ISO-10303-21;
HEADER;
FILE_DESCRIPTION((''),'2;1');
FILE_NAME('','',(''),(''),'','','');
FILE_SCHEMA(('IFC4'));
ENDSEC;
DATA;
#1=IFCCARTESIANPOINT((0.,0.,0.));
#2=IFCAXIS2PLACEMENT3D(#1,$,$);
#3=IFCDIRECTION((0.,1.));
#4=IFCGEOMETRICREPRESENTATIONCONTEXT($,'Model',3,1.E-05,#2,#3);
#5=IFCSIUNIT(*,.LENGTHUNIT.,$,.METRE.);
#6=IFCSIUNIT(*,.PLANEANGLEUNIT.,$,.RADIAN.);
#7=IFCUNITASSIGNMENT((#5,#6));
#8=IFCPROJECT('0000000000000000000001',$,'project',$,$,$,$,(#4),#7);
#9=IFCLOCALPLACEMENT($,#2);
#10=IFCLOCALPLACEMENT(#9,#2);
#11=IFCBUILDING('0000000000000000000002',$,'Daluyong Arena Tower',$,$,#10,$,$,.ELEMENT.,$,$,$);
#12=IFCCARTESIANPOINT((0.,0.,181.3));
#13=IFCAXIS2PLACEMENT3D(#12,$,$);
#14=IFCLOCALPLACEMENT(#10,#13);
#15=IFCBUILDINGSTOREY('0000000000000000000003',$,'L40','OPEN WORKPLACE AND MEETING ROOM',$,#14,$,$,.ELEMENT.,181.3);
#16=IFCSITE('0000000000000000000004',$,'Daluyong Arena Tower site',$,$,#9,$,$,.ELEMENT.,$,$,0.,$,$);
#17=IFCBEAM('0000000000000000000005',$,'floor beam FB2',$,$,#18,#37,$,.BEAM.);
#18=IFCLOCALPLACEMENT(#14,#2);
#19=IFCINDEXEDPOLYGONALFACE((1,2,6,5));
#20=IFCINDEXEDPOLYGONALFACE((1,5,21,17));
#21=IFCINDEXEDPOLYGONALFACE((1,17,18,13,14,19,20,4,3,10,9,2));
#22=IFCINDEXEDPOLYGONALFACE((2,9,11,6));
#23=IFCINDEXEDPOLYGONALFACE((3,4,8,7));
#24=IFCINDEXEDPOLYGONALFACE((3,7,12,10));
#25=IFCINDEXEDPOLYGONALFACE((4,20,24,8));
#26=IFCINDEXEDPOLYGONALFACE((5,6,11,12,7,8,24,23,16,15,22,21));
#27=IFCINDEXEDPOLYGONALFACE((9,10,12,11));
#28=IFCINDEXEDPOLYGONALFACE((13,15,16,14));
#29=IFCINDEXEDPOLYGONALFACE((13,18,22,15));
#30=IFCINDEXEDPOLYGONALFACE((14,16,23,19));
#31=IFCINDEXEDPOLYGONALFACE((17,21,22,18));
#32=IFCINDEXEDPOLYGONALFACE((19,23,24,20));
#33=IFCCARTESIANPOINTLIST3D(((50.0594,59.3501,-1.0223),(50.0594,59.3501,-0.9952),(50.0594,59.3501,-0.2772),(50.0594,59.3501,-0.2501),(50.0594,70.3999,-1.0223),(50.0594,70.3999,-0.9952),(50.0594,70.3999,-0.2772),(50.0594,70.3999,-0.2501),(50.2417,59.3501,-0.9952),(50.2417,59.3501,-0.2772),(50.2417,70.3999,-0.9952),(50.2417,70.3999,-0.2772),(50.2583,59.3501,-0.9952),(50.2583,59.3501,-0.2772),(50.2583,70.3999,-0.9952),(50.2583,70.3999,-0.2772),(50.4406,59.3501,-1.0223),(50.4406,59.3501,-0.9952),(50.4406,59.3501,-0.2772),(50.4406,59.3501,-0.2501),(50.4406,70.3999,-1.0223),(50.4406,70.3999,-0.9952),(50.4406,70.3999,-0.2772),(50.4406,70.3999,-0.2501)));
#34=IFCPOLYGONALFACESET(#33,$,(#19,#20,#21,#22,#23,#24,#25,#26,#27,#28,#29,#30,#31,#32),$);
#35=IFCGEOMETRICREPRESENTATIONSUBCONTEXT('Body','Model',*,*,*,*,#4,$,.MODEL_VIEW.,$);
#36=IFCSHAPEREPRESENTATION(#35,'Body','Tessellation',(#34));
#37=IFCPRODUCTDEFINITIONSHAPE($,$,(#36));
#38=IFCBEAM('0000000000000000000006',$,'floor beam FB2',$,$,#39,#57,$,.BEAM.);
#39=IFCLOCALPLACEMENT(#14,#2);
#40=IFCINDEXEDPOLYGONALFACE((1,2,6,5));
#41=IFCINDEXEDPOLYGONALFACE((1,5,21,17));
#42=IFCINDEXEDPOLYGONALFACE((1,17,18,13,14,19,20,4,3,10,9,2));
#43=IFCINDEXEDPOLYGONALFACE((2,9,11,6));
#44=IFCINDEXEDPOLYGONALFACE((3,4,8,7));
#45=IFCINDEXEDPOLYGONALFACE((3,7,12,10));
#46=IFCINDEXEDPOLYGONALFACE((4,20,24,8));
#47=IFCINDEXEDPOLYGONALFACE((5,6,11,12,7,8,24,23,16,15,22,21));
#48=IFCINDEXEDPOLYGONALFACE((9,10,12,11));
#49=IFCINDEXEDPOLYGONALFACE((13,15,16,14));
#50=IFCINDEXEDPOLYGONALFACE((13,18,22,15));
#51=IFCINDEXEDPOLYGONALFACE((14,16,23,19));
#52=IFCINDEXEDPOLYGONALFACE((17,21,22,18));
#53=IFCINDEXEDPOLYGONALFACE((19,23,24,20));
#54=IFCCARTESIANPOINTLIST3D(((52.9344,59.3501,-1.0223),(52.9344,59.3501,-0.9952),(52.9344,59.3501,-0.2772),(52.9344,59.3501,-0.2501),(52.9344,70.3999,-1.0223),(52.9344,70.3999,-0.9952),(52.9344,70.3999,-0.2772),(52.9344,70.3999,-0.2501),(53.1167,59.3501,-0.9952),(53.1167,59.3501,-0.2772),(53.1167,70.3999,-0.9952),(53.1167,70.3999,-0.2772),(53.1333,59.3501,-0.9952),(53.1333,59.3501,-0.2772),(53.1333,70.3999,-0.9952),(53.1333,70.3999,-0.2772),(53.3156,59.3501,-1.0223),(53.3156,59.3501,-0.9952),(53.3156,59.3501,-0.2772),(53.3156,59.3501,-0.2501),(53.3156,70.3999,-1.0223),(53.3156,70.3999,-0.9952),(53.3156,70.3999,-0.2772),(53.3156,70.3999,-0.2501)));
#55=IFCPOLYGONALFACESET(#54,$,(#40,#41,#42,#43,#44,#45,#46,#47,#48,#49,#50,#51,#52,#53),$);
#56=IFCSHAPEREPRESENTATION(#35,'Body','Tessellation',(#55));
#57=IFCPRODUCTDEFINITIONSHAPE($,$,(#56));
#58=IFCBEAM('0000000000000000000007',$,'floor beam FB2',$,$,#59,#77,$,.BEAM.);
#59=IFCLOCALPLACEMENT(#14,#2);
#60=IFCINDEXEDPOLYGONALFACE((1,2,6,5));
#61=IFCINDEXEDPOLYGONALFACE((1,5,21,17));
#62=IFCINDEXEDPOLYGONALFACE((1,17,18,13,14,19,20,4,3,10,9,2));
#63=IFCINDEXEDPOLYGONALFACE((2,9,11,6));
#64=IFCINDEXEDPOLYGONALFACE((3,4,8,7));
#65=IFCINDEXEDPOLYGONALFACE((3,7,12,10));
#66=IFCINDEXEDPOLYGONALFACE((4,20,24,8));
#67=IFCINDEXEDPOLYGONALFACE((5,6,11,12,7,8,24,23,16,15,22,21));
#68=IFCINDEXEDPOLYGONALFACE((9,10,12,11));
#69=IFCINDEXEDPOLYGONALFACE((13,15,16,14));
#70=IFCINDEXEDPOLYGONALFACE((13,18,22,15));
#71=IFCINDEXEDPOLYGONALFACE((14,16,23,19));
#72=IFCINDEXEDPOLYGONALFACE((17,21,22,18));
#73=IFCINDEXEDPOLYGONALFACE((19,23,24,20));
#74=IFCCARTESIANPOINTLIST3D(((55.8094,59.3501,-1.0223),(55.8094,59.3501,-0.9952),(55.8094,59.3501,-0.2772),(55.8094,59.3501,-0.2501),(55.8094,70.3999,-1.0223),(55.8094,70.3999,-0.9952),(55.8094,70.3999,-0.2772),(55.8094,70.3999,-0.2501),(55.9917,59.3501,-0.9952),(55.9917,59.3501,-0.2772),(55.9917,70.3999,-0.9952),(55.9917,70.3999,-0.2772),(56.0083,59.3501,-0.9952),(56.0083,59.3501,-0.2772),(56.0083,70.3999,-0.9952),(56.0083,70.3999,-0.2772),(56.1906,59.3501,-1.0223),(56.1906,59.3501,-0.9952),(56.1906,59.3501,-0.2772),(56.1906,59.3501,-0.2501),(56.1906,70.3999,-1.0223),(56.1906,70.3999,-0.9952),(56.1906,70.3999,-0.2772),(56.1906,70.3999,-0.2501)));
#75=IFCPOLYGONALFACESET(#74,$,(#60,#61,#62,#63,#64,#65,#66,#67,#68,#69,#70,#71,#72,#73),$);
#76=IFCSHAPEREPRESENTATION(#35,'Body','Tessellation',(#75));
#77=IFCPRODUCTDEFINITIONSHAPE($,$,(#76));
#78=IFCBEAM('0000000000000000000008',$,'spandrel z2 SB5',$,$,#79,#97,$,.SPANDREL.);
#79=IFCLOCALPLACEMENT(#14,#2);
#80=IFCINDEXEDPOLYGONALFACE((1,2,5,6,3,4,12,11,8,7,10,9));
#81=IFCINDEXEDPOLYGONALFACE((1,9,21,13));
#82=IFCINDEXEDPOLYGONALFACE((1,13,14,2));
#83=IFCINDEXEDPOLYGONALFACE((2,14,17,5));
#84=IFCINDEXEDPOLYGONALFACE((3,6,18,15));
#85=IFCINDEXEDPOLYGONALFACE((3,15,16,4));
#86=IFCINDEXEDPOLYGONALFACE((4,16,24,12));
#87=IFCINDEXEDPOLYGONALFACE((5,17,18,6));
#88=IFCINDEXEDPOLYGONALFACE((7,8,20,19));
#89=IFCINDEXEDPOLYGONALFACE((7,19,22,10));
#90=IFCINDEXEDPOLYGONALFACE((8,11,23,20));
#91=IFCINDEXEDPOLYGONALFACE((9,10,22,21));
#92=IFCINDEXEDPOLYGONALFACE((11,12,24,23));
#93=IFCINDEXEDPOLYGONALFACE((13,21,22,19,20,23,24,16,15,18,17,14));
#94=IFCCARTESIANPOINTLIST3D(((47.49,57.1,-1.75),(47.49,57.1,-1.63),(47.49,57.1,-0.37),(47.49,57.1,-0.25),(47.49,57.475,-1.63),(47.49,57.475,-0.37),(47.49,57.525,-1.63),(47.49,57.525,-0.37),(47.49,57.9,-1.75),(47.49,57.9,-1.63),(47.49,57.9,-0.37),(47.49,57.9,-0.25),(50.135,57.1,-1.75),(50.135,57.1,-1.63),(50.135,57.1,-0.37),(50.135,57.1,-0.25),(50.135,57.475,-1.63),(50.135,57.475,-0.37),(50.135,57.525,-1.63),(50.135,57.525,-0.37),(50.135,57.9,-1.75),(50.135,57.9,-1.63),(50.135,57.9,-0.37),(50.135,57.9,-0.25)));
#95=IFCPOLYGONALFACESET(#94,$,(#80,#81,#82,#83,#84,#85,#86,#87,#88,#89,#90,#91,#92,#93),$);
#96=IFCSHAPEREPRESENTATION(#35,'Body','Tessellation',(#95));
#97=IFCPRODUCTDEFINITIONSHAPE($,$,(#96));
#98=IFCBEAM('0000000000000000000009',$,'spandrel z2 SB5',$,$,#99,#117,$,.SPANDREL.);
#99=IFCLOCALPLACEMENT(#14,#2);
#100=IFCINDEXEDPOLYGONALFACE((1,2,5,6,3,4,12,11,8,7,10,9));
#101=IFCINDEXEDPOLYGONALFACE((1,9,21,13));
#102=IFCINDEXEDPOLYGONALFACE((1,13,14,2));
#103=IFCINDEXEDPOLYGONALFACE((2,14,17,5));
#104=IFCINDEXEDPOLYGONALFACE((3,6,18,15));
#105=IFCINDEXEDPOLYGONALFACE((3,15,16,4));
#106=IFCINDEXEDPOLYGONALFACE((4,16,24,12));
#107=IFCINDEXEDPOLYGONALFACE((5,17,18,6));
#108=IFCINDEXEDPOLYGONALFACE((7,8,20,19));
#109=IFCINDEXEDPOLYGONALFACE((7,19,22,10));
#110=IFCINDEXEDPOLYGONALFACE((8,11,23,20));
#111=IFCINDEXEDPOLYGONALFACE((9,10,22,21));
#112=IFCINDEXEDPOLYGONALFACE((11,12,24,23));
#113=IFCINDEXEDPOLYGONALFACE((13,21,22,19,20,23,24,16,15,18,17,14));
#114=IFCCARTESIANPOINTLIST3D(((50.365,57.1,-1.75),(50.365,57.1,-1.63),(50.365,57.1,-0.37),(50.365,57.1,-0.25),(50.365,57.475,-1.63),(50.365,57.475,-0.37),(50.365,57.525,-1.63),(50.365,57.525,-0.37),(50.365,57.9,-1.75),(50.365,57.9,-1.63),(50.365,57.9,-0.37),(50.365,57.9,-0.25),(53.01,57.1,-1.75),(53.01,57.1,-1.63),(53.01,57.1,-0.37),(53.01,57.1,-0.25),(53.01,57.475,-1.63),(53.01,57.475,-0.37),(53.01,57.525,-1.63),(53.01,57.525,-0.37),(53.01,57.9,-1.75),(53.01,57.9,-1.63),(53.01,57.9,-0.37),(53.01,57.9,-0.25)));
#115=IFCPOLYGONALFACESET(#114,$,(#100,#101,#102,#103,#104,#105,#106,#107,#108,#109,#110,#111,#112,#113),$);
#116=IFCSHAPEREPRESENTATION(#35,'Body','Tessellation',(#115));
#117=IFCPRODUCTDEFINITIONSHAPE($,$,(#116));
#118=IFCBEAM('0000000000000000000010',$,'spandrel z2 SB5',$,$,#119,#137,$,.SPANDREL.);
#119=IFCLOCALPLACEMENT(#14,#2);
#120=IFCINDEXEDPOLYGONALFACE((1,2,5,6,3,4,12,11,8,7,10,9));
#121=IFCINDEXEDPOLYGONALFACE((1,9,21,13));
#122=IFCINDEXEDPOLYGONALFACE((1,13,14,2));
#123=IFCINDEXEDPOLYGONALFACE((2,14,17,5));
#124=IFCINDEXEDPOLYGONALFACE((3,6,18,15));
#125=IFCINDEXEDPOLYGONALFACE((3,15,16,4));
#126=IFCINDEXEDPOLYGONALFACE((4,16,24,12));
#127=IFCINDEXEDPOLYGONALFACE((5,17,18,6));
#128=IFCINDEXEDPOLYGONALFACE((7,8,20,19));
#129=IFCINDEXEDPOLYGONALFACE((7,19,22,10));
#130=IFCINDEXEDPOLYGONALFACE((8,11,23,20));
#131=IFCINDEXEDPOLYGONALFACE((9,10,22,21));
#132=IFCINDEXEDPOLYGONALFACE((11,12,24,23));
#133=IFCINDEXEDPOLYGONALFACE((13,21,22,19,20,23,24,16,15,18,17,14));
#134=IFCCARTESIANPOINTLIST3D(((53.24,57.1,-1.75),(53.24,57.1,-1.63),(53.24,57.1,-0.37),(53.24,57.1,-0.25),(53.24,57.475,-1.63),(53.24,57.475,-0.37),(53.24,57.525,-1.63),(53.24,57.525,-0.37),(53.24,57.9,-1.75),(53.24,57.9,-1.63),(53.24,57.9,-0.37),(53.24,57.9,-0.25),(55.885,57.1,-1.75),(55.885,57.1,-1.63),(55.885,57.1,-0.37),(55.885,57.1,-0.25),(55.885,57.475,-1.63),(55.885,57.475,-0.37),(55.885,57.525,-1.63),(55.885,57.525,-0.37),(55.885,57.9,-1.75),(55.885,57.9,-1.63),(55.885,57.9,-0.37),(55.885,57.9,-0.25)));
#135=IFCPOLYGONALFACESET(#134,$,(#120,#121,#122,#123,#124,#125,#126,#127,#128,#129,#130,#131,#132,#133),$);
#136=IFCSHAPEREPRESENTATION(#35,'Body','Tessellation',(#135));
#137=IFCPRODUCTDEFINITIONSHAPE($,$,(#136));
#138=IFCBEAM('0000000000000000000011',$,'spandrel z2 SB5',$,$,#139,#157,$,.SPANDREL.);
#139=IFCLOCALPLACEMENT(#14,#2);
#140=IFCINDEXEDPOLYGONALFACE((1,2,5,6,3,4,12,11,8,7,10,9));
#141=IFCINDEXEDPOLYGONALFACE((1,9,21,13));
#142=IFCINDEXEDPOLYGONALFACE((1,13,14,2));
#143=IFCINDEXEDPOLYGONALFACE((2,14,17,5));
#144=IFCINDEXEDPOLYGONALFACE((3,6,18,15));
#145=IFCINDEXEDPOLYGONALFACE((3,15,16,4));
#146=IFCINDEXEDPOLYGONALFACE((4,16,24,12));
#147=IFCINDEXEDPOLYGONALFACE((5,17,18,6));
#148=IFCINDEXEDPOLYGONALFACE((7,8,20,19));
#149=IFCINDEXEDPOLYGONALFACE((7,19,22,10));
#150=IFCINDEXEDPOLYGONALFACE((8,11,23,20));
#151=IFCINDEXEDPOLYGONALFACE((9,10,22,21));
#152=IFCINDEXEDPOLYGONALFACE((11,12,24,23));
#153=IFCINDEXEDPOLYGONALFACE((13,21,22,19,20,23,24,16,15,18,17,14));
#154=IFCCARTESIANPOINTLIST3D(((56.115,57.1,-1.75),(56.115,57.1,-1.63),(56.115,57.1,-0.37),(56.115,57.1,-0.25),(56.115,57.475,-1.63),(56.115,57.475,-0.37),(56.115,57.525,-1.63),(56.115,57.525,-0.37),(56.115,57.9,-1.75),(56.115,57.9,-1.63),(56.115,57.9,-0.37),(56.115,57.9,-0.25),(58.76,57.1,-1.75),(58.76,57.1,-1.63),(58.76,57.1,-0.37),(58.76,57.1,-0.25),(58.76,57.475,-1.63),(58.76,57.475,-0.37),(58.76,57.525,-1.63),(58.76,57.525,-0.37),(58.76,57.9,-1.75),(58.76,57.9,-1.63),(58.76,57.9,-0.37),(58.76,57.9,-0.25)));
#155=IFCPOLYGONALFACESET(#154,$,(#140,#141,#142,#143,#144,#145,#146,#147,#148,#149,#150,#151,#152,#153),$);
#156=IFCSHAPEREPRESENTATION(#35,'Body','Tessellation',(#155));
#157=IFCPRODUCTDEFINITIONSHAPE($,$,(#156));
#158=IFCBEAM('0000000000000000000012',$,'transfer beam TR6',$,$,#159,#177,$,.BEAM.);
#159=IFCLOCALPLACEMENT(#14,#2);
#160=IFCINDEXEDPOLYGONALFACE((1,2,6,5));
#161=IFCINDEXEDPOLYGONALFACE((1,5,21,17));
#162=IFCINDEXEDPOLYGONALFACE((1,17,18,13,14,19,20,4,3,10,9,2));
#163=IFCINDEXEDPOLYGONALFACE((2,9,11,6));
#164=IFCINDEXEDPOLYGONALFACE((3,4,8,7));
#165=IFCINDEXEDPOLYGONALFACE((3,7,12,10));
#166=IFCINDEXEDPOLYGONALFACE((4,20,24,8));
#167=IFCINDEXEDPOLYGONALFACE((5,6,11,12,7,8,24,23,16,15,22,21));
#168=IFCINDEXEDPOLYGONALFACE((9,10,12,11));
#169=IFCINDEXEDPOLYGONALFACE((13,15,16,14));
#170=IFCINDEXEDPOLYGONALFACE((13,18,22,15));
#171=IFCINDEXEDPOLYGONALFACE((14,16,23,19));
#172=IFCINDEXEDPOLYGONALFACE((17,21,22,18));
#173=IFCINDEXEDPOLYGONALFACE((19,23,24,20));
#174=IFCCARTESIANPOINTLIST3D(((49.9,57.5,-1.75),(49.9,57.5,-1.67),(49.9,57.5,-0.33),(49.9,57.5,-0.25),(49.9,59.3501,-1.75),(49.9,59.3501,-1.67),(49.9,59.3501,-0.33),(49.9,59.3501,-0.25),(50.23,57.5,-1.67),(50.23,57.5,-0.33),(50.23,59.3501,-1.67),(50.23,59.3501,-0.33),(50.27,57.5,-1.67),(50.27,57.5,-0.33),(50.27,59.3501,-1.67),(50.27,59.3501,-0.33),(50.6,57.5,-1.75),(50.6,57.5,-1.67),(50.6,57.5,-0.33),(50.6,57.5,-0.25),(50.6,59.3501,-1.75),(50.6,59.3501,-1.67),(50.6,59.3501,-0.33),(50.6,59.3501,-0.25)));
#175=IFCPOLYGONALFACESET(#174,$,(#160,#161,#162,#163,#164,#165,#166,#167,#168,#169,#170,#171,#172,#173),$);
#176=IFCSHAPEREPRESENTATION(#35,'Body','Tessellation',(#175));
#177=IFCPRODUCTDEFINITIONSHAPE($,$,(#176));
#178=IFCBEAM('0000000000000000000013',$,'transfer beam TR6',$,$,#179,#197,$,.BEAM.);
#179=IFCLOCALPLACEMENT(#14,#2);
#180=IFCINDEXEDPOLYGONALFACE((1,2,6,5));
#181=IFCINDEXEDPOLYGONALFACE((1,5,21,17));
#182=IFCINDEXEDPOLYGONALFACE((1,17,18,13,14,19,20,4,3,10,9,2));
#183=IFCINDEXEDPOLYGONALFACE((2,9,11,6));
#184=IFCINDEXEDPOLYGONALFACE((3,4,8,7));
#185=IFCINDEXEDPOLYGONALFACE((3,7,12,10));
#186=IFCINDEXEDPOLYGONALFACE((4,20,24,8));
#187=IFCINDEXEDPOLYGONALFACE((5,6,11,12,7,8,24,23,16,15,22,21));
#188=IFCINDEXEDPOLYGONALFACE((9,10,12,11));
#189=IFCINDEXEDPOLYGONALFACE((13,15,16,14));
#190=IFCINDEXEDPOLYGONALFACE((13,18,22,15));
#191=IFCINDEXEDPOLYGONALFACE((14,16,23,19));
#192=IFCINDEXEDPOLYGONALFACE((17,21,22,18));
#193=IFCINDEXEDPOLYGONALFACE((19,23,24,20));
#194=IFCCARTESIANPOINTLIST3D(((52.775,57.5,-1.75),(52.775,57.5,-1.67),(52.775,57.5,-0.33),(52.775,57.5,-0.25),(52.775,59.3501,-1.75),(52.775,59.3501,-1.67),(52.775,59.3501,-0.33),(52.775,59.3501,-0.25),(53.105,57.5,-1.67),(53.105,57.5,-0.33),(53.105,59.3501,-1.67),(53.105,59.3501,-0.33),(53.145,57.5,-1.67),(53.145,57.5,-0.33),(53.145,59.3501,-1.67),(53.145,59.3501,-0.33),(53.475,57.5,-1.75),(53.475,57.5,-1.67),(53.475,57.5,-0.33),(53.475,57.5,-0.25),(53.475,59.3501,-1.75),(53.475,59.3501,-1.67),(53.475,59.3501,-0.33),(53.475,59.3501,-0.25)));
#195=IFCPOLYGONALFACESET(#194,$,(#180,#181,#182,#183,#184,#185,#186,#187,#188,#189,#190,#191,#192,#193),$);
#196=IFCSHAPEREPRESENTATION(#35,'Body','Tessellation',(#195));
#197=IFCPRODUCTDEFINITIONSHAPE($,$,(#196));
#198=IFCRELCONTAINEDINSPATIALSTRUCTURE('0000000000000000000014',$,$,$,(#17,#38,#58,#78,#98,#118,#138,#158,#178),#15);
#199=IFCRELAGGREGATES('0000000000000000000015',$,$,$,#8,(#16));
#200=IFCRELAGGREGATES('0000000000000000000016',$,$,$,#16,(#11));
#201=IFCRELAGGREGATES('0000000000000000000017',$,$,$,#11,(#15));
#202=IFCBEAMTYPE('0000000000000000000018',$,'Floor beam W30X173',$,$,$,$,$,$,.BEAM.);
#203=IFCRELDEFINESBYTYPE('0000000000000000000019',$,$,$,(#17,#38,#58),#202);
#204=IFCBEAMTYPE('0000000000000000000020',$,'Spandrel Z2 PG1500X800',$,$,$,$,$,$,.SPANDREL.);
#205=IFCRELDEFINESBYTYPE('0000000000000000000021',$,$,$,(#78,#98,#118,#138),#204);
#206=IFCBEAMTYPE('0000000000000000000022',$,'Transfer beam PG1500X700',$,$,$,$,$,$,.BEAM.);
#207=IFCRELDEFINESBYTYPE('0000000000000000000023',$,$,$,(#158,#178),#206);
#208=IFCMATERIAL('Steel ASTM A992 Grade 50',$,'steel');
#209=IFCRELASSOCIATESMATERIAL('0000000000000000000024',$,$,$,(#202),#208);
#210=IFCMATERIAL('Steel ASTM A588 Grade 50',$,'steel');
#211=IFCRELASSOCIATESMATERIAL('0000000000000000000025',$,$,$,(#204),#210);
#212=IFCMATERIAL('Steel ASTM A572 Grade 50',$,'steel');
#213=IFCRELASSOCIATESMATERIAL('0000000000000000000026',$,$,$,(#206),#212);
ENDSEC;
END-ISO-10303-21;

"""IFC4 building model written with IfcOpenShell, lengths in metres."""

from ifc_helpers import new_model, si_unit, direction, frame, origin, origin_2d, place, context, subcontext, project, spatial, i_section, extrude, material, material_profile, profile_set, type_object, element, save


model = new_model("IFC4")

# Units and contexts
model_context = context("Model", 3, precision=1e-05, world=origin(), true_north=direction((0.0, 1.0)))
body_context = subcontext(model_context, "Body", "Model", "MODEL_VIEW")
ifc_project = project(units=[si_unit("LENGTHUNIT", "METRE"), si_unit("PLANEANGLEUNIT", "RADIAN")], contexts=[model_context])

# Site, building, storey
site_placement = place(None, origin())
site = spatial("IfcSite", under=ifc_project, at=site_placement, Name="Daluyong Arena Tower site", CompositionType="ELEMENT", RefElevation=0.0)
building_placement = place(site_placement, origin())
building = spatial("IfcBuilding", under=site, at=building_placement, Name="Daluyong Arena Tower", CompositionType="ELEMENT")
storey_placement = place(building_placement, frame((0.0, 0.0, 181.3)))
storey = spatial("IfcBuildingStorey", under=building, at=storey_placement, Name="L40", Description="OPEN WORKPLACE AND MEETING ROOM", CompositionType="ELEMENT", Elevation=181.3)

# Beams
ifc_material_1 = material(Name="Steel ASTM A992 Grade 50", Category="steel")
ifc_material_profile_1 = material_profile(ifc_material_1, i_section(OverallWidth=0.3811, OverallDepth=0.7722, WebThickness=0.0166, FlangeThickness=0.0271, at=origin_2d()))
ifc_profile_set_1 = profile_set([ifc_material_profile_1], Name="Steel ASTM A992 Grade 50")
beam_type_1 = type_object("IfcBeamType", Name="Floor beam W30X173", PredefinedType="BEAM", material=ifc_profile_set_1)
for number, where, z_axis, x_axis, name in (
    (1, (50.25, 59.3501, -0.6362), (0.0, 1.0, 0.0), (-1.0, 0.0, 0.0), "floor beam FB2"),
    (2, (53.125, 59.3501, -0.6362), (0.0, 1.0, 0.0), (-1.0, 0.0, 0.0), "floor beam FB2"),
    (3, (56.0, 59.3501, -0.6362), (0.0, 1.0, 0.0), (-1.0, 0.0, 0.0), "floor beam FB2"),
):
    element("IfcBeam", number, at=place(storey_placement, frame(where, z_axis=z_axis, x_axis=x_axis)), inside=storey, type_object=beam_type_1, Name=name, PredefinedType="BEAM", context=body_context, shape_type="SweptSolid", body=[
        extrude(i_section(OverallWidth=0.3811, OverallDepth=0.7722, WebThickness=0.0166, FlangeThickness=0.0271, at=origin_2d()), origin(), (0.0, 0.0, 1.0), 11.0498),
    ])
ifc_material_2 = material(Name="Steel ASTM A588 Grade 50", Category="steel")
ifc_material_profile_2 = material_profile(ifc_material_2, i_section(OverallWidth=0.8, OverallDepth=1.5, WebThickness=0.05, FlangeThickness=0.12, at=origin_2d()))
ifc_profile_set_2 = profile_set([ifc_material_profile_2], Name="Steel ASTM A588 Grade 50")
beam_type_2 = type_object("IfcBeamType", Name="Spandrel Z2 PG1500X800", PredefinedType="SPANDREL", material=ifc_profile_set_2)
for number, where, z_axis, x_axis, name in (
    (4, (47.49, 57.5, -1.0), (1.0, 0.0, 0.0), (0.0, 1.0, 0.0), "spandrel z2 SB5"),
    (5, (50.365, 57.5, -1.0), (1.0, 0.0, 0.0), (0.0, 1.0, 0.0), "spandrel z2 SB5"),
    (6, (53.24, 57.5, -1.0), (1.0, 0.0, 0.0), (0.0, 1.0, 0.0), "spandrel z2 SB5"),
    (7, (56.115, 57.5, -1.0), (1.0, 0.0, 0.0), (0.0, 1.0, 0.0), "spandrel z2 SB5"),
):
    element("IfcBeam", number, at=place(storey_placement, frame(where, z_axis=z_axis, x_axis=x_axis)), inside=storey, type_object=beam_type_2, Name=name, PredefinedType="SPANDREL", context=body_context, shape_type="SweptSolid", body=[
        extrude(i_section(OverallWidth=0.8, OverallDepth=1.5, WebThickness=0.05, FlangeThickness=0.12, at=origin_2d()), origin(), (0.0, 0.0, 1.0), 2.645),
    ])
ifc_material_3 = material(Name="Steel ASTM A572 Grade 50", Category="steel")
ifc_material_profile_3 = material_profile(ifc_material_3, i_section(OverallWidth=0.7, OverallDepth=1.5, WebThickness=0.04, FlangeThickness=0.08, at=origin_2d()))
ifc_profile_set_3 = profile_set([ifc_material_profile_3], Name="Steel ASTM A572 Grade 50")
beam_type_3 = type_object("IfcBeamType", Name="Transfer beam PG1500X700", PredefinedType="BEAM", material=ifc_profile_set_3)
for number, where, z_axis, x_axis, name in (
    (8, (50.25, 57.5, -1.0), (0.0, 1.0, 0.0), (-1.0, 0.0, 0.0), "transfer beam TR6"),
    (9, (53.125, 57.5, -1.0), (0.0, 1.0, 0.0), (-1.0, 0.0, 0.0), "transfer beam TR6"),
):
    element("IfcBeam", number, at=place(storey_placement, frame(where, z_axis=z_axis, x_axis=x_axis)), inside=storey, type_object=beam_type_3, Name=name, PredefinedType="BEAM", context=body_context, shape_type="SweptSolid", body=[
        extrude(i_section(OverallWidth=0.7, OverallDepth=1.5, WebThickness=0.04, FlangeThickness=0.08, at=origin_2d()), origin(), (0.0, 0.0, 1.0), 1.8501),
    ])

save(model, "model.ifc")
